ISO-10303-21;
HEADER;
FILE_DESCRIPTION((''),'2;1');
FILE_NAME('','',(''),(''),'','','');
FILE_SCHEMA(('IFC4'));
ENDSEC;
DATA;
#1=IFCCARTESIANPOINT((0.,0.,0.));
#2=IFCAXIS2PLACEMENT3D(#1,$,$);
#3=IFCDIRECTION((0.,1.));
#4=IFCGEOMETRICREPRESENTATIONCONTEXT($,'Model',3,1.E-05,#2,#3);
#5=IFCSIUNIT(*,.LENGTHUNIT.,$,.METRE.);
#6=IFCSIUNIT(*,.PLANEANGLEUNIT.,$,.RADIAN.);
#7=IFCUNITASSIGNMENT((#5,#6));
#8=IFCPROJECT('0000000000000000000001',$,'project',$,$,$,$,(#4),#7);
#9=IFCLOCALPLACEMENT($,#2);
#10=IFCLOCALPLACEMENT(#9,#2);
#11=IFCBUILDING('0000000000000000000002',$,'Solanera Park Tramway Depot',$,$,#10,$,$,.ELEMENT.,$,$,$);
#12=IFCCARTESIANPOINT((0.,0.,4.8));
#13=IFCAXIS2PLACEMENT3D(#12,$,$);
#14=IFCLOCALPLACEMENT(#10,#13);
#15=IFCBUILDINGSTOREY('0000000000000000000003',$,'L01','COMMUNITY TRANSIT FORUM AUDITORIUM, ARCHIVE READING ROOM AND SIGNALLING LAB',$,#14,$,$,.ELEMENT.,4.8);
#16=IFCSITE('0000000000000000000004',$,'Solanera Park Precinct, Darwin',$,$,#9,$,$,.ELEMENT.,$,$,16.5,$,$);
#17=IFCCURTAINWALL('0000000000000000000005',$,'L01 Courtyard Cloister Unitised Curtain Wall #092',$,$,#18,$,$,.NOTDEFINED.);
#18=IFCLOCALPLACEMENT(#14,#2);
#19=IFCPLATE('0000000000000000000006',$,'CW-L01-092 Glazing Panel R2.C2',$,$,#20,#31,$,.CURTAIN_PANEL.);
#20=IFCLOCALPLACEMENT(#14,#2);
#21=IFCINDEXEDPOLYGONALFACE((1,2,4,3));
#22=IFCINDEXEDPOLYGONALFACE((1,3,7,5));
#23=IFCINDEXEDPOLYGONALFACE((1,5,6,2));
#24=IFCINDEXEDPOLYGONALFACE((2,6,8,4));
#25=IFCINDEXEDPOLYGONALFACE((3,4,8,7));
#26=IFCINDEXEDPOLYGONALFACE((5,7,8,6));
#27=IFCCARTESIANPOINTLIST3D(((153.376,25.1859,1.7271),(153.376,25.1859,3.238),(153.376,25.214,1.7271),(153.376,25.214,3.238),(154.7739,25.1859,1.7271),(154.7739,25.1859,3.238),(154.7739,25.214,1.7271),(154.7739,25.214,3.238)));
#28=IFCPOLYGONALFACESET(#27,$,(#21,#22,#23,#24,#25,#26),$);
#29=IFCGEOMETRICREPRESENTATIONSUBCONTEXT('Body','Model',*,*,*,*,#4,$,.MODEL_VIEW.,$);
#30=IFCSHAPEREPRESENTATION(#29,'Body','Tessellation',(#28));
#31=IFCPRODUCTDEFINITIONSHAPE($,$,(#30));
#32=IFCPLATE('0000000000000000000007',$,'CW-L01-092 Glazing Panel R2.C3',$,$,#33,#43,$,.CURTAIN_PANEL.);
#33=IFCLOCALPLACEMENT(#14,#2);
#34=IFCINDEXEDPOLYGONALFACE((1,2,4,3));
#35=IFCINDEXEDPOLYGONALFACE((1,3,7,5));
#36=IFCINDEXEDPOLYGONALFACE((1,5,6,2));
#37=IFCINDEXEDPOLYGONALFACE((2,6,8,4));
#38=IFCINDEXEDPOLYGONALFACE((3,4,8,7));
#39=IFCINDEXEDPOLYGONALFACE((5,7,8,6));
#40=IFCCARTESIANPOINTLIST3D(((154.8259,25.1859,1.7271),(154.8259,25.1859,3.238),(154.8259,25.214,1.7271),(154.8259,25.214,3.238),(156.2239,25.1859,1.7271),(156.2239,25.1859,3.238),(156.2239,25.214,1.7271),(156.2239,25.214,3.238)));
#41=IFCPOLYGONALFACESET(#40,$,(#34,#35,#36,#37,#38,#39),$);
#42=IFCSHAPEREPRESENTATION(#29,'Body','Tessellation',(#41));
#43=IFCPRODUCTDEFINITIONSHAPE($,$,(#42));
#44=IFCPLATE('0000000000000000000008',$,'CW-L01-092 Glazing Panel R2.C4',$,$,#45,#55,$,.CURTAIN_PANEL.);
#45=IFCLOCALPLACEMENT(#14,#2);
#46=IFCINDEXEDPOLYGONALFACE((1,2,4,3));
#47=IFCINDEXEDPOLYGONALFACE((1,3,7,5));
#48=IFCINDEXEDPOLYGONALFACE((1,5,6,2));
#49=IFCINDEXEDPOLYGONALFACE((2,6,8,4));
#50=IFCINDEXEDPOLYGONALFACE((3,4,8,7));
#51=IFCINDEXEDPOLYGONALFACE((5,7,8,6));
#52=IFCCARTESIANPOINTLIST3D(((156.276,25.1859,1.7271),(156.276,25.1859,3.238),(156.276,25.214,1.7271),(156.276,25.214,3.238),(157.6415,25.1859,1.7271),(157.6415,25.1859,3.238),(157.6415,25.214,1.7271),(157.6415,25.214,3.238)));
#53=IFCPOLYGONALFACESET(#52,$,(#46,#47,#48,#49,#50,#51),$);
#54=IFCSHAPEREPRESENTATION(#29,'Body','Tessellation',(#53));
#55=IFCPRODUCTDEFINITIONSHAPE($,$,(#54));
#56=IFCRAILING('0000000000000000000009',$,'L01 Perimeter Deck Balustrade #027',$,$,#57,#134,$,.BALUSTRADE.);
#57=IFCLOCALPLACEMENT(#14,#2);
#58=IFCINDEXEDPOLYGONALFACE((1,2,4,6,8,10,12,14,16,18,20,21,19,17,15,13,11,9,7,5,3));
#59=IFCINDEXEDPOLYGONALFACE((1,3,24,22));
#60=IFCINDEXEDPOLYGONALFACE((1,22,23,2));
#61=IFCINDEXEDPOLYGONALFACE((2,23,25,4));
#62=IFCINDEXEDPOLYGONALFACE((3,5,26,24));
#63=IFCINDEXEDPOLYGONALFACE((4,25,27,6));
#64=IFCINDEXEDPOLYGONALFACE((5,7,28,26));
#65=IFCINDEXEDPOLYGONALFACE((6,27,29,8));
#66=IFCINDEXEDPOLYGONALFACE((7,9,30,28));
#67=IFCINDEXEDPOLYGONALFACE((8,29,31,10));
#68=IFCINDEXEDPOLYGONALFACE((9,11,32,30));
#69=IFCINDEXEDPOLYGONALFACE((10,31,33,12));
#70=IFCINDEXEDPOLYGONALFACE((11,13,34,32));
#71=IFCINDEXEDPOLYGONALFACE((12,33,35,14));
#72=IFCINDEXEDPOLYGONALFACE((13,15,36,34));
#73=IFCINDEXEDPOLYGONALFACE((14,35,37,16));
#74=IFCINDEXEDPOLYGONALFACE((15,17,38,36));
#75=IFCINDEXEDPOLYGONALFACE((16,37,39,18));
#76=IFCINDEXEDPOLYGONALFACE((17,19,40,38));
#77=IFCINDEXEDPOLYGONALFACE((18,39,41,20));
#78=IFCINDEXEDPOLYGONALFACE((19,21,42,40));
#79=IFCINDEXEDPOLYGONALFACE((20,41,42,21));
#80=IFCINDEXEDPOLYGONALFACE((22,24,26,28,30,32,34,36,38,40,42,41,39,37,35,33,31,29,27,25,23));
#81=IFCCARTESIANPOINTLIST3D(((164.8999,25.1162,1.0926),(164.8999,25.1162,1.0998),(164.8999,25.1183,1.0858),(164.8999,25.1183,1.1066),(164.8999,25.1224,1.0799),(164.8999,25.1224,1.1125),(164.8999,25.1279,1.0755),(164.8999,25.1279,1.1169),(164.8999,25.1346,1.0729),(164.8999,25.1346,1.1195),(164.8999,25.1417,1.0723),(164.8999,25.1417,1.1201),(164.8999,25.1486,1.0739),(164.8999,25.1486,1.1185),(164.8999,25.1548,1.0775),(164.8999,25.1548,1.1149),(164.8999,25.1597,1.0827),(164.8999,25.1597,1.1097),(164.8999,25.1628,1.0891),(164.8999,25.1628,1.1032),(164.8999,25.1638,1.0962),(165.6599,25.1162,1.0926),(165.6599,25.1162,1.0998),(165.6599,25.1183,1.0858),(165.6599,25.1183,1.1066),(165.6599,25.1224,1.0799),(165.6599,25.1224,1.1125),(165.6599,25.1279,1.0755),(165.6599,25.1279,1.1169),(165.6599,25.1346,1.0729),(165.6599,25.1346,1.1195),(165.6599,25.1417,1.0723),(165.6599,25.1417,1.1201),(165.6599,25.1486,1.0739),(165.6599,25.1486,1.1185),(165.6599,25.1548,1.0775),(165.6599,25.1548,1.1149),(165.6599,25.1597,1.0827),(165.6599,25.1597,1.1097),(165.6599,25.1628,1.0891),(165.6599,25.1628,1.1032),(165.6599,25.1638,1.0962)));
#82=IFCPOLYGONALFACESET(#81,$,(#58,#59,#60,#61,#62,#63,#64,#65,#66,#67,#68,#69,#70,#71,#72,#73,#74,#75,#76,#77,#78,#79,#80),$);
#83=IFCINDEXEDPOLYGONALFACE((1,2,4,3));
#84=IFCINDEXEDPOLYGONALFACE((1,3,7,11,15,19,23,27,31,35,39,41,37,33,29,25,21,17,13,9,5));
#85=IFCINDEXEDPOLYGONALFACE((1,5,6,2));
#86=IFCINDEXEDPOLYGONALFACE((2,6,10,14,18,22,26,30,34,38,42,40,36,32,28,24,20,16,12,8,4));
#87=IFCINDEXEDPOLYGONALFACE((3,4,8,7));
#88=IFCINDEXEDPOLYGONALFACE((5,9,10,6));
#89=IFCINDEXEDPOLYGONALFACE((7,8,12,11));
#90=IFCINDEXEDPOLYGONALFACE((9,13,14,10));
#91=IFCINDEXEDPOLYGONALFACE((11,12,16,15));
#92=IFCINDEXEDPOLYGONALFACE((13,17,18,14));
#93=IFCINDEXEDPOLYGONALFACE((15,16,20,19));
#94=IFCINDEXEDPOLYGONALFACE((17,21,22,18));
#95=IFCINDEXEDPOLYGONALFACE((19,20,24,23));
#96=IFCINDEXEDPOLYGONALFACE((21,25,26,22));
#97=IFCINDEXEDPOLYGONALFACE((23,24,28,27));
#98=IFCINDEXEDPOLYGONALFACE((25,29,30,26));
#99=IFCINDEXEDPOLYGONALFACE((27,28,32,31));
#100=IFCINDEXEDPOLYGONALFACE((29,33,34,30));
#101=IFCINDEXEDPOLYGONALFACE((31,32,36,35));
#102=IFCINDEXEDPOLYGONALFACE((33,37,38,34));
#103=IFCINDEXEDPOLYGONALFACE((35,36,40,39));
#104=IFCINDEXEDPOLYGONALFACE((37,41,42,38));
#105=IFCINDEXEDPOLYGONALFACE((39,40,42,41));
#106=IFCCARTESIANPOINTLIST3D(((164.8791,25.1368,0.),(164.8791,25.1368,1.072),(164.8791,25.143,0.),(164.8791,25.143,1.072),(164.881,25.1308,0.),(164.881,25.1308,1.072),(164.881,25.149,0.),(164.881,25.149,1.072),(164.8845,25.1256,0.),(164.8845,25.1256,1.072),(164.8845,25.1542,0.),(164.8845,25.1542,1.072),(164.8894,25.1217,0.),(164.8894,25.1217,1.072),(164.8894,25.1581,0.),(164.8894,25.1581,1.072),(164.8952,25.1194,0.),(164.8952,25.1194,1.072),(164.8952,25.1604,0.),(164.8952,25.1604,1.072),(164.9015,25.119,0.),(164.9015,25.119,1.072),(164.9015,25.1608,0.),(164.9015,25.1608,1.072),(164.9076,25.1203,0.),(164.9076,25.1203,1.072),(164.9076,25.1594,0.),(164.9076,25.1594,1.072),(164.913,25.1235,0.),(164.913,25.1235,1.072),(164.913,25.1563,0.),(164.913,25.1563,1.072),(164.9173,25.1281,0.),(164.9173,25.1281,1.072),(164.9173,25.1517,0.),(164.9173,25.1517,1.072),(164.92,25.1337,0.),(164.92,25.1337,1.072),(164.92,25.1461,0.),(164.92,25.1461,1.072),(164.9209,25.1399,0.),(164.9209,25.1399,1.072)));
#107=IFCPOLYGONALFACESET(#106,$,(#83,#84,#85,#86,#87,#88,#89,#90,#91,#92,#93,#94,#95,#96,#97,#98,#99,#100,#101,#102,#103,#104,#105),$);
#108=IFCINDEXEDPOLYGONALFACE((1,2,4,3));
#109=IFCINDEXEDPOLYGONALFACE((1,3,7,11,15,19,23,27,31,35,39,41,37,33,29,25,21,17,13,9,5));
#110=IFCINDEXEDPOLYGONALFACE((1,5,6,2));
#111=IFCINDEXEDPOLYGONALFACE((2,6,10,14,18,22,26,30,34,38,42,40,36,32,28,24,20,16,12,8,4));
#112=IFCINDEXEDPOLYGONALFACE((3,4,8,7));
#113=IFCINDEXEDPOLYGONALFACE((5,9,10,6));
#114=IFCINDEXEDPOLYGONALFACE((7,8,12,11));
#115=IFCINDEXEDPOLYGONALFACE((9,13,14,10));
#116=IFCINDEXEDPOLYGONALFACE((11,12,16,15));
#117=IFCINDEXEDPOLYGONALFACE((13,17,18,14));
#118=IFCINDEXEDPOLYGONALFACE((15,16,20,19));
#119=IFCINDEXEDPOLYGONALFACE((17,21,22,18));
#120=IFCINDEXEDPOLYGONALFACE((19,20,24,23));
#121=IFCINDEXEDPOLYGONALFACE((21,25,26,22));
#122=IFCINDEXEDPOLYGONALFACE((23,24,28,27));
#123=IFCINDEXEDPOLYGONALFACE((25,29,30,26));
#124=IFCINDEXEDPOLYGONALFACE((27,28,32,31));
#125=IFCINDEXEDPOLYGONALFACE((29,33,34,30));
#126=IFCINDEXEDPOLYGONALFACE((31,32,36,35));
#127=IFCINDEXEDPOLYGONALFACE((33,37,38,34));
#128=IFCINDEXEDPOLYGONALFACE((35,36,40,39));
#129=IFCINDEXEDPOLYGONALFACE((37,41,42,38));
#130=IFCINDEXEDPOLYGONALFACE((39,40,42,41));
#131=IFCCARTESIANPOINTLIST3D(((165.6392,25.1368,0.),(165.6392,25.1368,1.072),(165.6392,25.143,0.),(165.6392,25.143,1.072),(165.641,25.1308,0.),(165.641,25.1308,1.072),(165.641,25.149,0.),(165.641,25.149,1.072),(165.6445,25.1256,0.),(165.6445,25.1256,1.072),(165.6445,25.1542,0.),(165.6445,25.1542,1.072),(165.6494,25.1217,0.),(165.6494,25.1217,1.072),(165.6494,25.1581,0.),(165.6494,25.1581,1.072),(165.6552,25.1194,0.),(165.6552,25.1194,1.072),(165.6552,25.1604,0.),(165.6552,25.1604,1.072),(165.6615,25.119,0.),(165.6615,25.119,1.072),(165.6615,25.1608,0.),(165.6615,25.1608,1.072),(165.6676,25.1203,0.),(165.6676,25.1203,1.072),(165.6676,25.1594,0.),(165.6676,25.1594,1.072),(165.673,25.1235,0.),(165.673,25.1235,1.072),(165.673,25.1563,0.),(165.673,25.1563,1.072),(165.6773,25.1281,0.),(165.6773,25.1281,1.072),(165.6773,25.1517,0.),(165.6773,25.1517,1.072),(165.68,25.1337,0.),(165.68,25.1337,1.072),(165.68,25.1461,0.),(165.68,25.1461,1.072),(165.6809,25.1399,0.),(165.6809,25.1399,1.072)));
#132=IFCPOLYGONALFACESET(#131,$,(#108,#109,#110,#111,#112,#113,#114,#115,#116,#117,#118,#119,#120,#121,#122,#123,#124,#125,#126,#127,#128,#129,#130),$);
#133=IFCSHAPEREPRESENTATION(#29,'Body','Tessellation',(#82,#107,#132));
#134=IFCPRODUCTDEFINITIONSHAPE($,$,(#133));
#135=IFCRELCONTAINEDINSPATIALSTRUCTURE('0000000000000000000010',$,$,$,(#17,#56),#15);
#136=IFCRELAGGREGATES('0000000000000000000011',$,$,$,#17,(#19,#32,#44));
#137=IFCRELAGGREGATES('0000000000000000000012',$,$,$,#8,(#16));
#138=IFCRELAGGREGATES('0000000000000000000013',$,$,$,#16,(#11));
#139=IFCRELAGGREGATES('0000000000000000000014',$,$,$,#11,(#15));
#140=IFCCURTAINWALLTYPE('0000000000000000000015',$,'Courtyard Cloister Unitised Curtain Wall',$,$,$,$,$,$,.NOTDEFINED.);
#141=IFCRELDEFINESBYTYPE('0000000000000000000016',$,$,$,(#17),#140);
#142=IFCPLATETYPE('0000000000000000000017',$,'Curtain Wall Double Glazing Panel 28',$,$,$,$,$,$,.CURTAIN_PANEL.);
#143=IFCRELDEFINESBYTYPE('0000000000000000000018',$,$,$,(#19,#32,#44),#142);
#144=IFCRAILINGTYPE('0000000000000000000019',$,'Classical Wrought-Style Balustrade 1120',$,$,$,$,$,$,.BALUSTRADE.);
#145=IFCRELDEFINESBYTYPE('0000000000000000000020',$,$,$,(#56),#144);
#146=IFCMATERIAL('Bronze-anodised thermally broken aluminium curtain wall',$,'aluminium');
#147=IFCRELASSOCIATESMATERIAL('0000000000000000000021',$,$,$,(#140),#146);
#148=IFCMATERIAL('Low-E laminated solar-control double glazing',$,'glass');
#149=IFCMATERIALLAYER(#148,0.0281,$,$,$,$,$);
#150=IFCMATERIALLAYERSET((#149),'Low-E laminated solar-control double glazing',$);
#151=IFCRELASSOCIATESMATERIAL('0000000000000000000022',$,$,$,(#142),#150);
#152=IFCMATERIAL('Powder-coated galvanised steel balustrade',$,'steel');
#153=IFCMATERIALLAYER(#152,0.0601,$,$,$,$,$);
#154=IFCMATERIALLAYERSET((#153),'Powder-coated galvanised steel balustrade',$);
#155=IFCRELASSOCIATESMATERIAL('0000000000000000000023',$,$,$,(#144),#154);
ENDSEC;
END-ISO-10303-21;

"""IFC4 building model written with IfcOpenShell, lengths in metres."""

from ifc_helpers import new_model, si_unit, direction, frame, origin, origin_2d, place, context, subcontext, project, spatial, rectangle, circle, extrude, material, layer, layer_set, type_object, element, aggregate, save


model = new_model("IFC4")

# Units and contexts
model_context = context("Model", 3, precision=1e-05, world=origin(), true_north=direction((0.0, 1.0)))
body_context = subcontext(model_context, "Body", "Model", "MODEL_VIEW")
ifc_project = project(units=[si_unit("LENGTHUNIT", "METRE"), si_unit("PLANEANGLEUNIT", "RADIAN")], contexts=[model_context])

# Site, building, storey
site_placement = place(None, origin())
site = spatial("IfcSite", under=ifc_project, at=site_placement, Name="Solanera Park Precinct, Darwin", CompositionType="ELEMENT", RefElevation=16.5)
building_placement = place(site_placement, origin())
building = spatial("IfcBuilding", under=site, at=building_placement, Name="Solanera Park Tramway Depot", CompositionType="ELEMENT")
storey_placement = place(building_placement, frame((0.0, 0.0, 4.8)))
storey = spatial("IfcBuildingStorey", under=building, at=storey_placement, Name="L01", Description="COMMUNITY TRANSIT FORUM AUDITORIUM, ARCHIVE READING ROOM AND SIGNALLING LAB", CompositionType="ELEMENT", Elevation=4.8)

# Shared definitions
ifc_material_1 = material(Name="Bronze-anodised thermally broken aluminium curtain wall", Category="aluminium")
curtain_wall_type = type_object("IfcCurtainWallType", Name="Courtyard Cloister Unitised Curtain Wall", PredefinedType="NOTDEFINED", material=ifc_material_1)

# Curtain wall
curtain_wall_1_placement = place(storey_placement, origin())
curtain_wall_1 = element("IfcCurtainWall", 1, at=curtain_wall_1_placement, inside=storey, type_object=curtain_wall_type, Name="L01 Courtyard Cloister Unitised Curtain Wall #092", PredefinedType="NOTDEFINED")

# Plates
ifc_material_2 = material(Name="Low-E laminated solar-control double glazing", Category="glass")
ifc_layer_1 = layer(ifc_material_2, 0.0281)
ifc_layer_set_1 = layer_set([ifc_layer_1], Name="Low-E laminated solar-control double glazing")
plate_type = type_object("IfcPlateType", Name="Curtain Wall Double Glazing Panel 28", PredefinedType="CURTAIN_PANEL", material=ifc_layer_set_1)
plate_1_placement = place(storey_placement, frame((154.075, 25.2, 1.7271), z_axis=(0.0, 0.0, 1.0), x_axis=(1.0, 0.0, 0.0)))
plate_1 = element("IfcPlate", 2, at=plate_1_placement, type_object=plate_type, Name="CW-L01-092 Glazing Panel R2.C2", PredefinedType="CURTAIN_PANEL", context=body_context, shape_type="SweptSolid", body=[
    extrude(rectangle(XDim=1.3979, YDim=0.0281, at=origin_2d()), origin(), (0.0, 0.0, 1.0), 1.511),
])
plate_2_placement = place(storey_placement, frame((155.5249, 25.2, 1.7271), z_axis=(0.0, 0.0, 1.0), x_axis=(1.0, 0.0, 0.0)))
plate_2 = element("IfcPlate", 3, at=plate_2_placement, type_object=plate_type, Name="CW-L01-092 Glazing Panel R2.C3", PredefinedType="CURTAIN_PANEL", context=body_context, shape_type="SweptSolid", body=[
    extrude(rectangle(XDim=1.3979, YDim=0.0281, at=origin_2d()), origin(), (0.0, 0.0, 1.0), 1.511),
])
plate_3_placement = place(storey_placement, frame((156.9587, 25.2, 1.7271), z_axis=(0.0, 0.0, 1.0), x_axis=(1.0, 0.0, 0.0)))
plate_3 = element("IfcPlate", 4, at=plate_3_placement, type_object=plate_type, Name="CW-L01-092 Glazing Panel R2.C4", PredefinedType="CURTAIN_PANEL", context=body_context, shape_type="SweptSolid", body=[
    extrude(rectangle(XDim=1.3655, YDim=0.0281, at=origin_2d()), origin(), (0.0, 0.0, 1.0), 1.511),
])
aggregate(curtain_wall_1, [plate_1, plate_2, plate_3])

# Railing
ifc_material_3 = material(Name="Powder-coated galvanised steel balustrade", Category="steel")
ifc_layer_2 = layer(ifc_material_3, 0.0601)
ifc_layer_set_2 = layer_set([ifc_layer_2], Name="Powder-coated galvanised steel balustrade")
railing_type = type_object("IfcRailingType", Name="Classical Wrought-Style Balustrade 1120", PredefinedType="BALUSTRADE", material=ifc_layer_set_2)
railing_placement = place(storey_placement, frame((164.8999, 25.1399, 0.0)))
element("IfcRailing", 5, at=railing_placement, inside=storey, type_object=railing_type, Name="L01 Perimeter Deck Balustrade #027", PredefinedType="BALUSTRADE", context=body_context, shape_type="SweptSolid", body=[
    extrude(circle(Radius=0.0239, at=origin_2d()), frame((0.0, 0.0, 1.0962), z_axis=(1.0, 0.0, 0.0), x_axis=(0.0, 1.0, 0.0)), (0.0, 0.0, 1.0), 0.76),
    extrude(circle(Radius=0.021, at=origin_2d()), origin(), (0.0, 0.0, 1.0), 1.072),
    extrude(circle(Radius=0.021, at=origin_2d()), frame((0.76, 0.0, 0.0)), (0.0, 0.0, 1.0), 1.072),
])

save(model, "model.ifc")
